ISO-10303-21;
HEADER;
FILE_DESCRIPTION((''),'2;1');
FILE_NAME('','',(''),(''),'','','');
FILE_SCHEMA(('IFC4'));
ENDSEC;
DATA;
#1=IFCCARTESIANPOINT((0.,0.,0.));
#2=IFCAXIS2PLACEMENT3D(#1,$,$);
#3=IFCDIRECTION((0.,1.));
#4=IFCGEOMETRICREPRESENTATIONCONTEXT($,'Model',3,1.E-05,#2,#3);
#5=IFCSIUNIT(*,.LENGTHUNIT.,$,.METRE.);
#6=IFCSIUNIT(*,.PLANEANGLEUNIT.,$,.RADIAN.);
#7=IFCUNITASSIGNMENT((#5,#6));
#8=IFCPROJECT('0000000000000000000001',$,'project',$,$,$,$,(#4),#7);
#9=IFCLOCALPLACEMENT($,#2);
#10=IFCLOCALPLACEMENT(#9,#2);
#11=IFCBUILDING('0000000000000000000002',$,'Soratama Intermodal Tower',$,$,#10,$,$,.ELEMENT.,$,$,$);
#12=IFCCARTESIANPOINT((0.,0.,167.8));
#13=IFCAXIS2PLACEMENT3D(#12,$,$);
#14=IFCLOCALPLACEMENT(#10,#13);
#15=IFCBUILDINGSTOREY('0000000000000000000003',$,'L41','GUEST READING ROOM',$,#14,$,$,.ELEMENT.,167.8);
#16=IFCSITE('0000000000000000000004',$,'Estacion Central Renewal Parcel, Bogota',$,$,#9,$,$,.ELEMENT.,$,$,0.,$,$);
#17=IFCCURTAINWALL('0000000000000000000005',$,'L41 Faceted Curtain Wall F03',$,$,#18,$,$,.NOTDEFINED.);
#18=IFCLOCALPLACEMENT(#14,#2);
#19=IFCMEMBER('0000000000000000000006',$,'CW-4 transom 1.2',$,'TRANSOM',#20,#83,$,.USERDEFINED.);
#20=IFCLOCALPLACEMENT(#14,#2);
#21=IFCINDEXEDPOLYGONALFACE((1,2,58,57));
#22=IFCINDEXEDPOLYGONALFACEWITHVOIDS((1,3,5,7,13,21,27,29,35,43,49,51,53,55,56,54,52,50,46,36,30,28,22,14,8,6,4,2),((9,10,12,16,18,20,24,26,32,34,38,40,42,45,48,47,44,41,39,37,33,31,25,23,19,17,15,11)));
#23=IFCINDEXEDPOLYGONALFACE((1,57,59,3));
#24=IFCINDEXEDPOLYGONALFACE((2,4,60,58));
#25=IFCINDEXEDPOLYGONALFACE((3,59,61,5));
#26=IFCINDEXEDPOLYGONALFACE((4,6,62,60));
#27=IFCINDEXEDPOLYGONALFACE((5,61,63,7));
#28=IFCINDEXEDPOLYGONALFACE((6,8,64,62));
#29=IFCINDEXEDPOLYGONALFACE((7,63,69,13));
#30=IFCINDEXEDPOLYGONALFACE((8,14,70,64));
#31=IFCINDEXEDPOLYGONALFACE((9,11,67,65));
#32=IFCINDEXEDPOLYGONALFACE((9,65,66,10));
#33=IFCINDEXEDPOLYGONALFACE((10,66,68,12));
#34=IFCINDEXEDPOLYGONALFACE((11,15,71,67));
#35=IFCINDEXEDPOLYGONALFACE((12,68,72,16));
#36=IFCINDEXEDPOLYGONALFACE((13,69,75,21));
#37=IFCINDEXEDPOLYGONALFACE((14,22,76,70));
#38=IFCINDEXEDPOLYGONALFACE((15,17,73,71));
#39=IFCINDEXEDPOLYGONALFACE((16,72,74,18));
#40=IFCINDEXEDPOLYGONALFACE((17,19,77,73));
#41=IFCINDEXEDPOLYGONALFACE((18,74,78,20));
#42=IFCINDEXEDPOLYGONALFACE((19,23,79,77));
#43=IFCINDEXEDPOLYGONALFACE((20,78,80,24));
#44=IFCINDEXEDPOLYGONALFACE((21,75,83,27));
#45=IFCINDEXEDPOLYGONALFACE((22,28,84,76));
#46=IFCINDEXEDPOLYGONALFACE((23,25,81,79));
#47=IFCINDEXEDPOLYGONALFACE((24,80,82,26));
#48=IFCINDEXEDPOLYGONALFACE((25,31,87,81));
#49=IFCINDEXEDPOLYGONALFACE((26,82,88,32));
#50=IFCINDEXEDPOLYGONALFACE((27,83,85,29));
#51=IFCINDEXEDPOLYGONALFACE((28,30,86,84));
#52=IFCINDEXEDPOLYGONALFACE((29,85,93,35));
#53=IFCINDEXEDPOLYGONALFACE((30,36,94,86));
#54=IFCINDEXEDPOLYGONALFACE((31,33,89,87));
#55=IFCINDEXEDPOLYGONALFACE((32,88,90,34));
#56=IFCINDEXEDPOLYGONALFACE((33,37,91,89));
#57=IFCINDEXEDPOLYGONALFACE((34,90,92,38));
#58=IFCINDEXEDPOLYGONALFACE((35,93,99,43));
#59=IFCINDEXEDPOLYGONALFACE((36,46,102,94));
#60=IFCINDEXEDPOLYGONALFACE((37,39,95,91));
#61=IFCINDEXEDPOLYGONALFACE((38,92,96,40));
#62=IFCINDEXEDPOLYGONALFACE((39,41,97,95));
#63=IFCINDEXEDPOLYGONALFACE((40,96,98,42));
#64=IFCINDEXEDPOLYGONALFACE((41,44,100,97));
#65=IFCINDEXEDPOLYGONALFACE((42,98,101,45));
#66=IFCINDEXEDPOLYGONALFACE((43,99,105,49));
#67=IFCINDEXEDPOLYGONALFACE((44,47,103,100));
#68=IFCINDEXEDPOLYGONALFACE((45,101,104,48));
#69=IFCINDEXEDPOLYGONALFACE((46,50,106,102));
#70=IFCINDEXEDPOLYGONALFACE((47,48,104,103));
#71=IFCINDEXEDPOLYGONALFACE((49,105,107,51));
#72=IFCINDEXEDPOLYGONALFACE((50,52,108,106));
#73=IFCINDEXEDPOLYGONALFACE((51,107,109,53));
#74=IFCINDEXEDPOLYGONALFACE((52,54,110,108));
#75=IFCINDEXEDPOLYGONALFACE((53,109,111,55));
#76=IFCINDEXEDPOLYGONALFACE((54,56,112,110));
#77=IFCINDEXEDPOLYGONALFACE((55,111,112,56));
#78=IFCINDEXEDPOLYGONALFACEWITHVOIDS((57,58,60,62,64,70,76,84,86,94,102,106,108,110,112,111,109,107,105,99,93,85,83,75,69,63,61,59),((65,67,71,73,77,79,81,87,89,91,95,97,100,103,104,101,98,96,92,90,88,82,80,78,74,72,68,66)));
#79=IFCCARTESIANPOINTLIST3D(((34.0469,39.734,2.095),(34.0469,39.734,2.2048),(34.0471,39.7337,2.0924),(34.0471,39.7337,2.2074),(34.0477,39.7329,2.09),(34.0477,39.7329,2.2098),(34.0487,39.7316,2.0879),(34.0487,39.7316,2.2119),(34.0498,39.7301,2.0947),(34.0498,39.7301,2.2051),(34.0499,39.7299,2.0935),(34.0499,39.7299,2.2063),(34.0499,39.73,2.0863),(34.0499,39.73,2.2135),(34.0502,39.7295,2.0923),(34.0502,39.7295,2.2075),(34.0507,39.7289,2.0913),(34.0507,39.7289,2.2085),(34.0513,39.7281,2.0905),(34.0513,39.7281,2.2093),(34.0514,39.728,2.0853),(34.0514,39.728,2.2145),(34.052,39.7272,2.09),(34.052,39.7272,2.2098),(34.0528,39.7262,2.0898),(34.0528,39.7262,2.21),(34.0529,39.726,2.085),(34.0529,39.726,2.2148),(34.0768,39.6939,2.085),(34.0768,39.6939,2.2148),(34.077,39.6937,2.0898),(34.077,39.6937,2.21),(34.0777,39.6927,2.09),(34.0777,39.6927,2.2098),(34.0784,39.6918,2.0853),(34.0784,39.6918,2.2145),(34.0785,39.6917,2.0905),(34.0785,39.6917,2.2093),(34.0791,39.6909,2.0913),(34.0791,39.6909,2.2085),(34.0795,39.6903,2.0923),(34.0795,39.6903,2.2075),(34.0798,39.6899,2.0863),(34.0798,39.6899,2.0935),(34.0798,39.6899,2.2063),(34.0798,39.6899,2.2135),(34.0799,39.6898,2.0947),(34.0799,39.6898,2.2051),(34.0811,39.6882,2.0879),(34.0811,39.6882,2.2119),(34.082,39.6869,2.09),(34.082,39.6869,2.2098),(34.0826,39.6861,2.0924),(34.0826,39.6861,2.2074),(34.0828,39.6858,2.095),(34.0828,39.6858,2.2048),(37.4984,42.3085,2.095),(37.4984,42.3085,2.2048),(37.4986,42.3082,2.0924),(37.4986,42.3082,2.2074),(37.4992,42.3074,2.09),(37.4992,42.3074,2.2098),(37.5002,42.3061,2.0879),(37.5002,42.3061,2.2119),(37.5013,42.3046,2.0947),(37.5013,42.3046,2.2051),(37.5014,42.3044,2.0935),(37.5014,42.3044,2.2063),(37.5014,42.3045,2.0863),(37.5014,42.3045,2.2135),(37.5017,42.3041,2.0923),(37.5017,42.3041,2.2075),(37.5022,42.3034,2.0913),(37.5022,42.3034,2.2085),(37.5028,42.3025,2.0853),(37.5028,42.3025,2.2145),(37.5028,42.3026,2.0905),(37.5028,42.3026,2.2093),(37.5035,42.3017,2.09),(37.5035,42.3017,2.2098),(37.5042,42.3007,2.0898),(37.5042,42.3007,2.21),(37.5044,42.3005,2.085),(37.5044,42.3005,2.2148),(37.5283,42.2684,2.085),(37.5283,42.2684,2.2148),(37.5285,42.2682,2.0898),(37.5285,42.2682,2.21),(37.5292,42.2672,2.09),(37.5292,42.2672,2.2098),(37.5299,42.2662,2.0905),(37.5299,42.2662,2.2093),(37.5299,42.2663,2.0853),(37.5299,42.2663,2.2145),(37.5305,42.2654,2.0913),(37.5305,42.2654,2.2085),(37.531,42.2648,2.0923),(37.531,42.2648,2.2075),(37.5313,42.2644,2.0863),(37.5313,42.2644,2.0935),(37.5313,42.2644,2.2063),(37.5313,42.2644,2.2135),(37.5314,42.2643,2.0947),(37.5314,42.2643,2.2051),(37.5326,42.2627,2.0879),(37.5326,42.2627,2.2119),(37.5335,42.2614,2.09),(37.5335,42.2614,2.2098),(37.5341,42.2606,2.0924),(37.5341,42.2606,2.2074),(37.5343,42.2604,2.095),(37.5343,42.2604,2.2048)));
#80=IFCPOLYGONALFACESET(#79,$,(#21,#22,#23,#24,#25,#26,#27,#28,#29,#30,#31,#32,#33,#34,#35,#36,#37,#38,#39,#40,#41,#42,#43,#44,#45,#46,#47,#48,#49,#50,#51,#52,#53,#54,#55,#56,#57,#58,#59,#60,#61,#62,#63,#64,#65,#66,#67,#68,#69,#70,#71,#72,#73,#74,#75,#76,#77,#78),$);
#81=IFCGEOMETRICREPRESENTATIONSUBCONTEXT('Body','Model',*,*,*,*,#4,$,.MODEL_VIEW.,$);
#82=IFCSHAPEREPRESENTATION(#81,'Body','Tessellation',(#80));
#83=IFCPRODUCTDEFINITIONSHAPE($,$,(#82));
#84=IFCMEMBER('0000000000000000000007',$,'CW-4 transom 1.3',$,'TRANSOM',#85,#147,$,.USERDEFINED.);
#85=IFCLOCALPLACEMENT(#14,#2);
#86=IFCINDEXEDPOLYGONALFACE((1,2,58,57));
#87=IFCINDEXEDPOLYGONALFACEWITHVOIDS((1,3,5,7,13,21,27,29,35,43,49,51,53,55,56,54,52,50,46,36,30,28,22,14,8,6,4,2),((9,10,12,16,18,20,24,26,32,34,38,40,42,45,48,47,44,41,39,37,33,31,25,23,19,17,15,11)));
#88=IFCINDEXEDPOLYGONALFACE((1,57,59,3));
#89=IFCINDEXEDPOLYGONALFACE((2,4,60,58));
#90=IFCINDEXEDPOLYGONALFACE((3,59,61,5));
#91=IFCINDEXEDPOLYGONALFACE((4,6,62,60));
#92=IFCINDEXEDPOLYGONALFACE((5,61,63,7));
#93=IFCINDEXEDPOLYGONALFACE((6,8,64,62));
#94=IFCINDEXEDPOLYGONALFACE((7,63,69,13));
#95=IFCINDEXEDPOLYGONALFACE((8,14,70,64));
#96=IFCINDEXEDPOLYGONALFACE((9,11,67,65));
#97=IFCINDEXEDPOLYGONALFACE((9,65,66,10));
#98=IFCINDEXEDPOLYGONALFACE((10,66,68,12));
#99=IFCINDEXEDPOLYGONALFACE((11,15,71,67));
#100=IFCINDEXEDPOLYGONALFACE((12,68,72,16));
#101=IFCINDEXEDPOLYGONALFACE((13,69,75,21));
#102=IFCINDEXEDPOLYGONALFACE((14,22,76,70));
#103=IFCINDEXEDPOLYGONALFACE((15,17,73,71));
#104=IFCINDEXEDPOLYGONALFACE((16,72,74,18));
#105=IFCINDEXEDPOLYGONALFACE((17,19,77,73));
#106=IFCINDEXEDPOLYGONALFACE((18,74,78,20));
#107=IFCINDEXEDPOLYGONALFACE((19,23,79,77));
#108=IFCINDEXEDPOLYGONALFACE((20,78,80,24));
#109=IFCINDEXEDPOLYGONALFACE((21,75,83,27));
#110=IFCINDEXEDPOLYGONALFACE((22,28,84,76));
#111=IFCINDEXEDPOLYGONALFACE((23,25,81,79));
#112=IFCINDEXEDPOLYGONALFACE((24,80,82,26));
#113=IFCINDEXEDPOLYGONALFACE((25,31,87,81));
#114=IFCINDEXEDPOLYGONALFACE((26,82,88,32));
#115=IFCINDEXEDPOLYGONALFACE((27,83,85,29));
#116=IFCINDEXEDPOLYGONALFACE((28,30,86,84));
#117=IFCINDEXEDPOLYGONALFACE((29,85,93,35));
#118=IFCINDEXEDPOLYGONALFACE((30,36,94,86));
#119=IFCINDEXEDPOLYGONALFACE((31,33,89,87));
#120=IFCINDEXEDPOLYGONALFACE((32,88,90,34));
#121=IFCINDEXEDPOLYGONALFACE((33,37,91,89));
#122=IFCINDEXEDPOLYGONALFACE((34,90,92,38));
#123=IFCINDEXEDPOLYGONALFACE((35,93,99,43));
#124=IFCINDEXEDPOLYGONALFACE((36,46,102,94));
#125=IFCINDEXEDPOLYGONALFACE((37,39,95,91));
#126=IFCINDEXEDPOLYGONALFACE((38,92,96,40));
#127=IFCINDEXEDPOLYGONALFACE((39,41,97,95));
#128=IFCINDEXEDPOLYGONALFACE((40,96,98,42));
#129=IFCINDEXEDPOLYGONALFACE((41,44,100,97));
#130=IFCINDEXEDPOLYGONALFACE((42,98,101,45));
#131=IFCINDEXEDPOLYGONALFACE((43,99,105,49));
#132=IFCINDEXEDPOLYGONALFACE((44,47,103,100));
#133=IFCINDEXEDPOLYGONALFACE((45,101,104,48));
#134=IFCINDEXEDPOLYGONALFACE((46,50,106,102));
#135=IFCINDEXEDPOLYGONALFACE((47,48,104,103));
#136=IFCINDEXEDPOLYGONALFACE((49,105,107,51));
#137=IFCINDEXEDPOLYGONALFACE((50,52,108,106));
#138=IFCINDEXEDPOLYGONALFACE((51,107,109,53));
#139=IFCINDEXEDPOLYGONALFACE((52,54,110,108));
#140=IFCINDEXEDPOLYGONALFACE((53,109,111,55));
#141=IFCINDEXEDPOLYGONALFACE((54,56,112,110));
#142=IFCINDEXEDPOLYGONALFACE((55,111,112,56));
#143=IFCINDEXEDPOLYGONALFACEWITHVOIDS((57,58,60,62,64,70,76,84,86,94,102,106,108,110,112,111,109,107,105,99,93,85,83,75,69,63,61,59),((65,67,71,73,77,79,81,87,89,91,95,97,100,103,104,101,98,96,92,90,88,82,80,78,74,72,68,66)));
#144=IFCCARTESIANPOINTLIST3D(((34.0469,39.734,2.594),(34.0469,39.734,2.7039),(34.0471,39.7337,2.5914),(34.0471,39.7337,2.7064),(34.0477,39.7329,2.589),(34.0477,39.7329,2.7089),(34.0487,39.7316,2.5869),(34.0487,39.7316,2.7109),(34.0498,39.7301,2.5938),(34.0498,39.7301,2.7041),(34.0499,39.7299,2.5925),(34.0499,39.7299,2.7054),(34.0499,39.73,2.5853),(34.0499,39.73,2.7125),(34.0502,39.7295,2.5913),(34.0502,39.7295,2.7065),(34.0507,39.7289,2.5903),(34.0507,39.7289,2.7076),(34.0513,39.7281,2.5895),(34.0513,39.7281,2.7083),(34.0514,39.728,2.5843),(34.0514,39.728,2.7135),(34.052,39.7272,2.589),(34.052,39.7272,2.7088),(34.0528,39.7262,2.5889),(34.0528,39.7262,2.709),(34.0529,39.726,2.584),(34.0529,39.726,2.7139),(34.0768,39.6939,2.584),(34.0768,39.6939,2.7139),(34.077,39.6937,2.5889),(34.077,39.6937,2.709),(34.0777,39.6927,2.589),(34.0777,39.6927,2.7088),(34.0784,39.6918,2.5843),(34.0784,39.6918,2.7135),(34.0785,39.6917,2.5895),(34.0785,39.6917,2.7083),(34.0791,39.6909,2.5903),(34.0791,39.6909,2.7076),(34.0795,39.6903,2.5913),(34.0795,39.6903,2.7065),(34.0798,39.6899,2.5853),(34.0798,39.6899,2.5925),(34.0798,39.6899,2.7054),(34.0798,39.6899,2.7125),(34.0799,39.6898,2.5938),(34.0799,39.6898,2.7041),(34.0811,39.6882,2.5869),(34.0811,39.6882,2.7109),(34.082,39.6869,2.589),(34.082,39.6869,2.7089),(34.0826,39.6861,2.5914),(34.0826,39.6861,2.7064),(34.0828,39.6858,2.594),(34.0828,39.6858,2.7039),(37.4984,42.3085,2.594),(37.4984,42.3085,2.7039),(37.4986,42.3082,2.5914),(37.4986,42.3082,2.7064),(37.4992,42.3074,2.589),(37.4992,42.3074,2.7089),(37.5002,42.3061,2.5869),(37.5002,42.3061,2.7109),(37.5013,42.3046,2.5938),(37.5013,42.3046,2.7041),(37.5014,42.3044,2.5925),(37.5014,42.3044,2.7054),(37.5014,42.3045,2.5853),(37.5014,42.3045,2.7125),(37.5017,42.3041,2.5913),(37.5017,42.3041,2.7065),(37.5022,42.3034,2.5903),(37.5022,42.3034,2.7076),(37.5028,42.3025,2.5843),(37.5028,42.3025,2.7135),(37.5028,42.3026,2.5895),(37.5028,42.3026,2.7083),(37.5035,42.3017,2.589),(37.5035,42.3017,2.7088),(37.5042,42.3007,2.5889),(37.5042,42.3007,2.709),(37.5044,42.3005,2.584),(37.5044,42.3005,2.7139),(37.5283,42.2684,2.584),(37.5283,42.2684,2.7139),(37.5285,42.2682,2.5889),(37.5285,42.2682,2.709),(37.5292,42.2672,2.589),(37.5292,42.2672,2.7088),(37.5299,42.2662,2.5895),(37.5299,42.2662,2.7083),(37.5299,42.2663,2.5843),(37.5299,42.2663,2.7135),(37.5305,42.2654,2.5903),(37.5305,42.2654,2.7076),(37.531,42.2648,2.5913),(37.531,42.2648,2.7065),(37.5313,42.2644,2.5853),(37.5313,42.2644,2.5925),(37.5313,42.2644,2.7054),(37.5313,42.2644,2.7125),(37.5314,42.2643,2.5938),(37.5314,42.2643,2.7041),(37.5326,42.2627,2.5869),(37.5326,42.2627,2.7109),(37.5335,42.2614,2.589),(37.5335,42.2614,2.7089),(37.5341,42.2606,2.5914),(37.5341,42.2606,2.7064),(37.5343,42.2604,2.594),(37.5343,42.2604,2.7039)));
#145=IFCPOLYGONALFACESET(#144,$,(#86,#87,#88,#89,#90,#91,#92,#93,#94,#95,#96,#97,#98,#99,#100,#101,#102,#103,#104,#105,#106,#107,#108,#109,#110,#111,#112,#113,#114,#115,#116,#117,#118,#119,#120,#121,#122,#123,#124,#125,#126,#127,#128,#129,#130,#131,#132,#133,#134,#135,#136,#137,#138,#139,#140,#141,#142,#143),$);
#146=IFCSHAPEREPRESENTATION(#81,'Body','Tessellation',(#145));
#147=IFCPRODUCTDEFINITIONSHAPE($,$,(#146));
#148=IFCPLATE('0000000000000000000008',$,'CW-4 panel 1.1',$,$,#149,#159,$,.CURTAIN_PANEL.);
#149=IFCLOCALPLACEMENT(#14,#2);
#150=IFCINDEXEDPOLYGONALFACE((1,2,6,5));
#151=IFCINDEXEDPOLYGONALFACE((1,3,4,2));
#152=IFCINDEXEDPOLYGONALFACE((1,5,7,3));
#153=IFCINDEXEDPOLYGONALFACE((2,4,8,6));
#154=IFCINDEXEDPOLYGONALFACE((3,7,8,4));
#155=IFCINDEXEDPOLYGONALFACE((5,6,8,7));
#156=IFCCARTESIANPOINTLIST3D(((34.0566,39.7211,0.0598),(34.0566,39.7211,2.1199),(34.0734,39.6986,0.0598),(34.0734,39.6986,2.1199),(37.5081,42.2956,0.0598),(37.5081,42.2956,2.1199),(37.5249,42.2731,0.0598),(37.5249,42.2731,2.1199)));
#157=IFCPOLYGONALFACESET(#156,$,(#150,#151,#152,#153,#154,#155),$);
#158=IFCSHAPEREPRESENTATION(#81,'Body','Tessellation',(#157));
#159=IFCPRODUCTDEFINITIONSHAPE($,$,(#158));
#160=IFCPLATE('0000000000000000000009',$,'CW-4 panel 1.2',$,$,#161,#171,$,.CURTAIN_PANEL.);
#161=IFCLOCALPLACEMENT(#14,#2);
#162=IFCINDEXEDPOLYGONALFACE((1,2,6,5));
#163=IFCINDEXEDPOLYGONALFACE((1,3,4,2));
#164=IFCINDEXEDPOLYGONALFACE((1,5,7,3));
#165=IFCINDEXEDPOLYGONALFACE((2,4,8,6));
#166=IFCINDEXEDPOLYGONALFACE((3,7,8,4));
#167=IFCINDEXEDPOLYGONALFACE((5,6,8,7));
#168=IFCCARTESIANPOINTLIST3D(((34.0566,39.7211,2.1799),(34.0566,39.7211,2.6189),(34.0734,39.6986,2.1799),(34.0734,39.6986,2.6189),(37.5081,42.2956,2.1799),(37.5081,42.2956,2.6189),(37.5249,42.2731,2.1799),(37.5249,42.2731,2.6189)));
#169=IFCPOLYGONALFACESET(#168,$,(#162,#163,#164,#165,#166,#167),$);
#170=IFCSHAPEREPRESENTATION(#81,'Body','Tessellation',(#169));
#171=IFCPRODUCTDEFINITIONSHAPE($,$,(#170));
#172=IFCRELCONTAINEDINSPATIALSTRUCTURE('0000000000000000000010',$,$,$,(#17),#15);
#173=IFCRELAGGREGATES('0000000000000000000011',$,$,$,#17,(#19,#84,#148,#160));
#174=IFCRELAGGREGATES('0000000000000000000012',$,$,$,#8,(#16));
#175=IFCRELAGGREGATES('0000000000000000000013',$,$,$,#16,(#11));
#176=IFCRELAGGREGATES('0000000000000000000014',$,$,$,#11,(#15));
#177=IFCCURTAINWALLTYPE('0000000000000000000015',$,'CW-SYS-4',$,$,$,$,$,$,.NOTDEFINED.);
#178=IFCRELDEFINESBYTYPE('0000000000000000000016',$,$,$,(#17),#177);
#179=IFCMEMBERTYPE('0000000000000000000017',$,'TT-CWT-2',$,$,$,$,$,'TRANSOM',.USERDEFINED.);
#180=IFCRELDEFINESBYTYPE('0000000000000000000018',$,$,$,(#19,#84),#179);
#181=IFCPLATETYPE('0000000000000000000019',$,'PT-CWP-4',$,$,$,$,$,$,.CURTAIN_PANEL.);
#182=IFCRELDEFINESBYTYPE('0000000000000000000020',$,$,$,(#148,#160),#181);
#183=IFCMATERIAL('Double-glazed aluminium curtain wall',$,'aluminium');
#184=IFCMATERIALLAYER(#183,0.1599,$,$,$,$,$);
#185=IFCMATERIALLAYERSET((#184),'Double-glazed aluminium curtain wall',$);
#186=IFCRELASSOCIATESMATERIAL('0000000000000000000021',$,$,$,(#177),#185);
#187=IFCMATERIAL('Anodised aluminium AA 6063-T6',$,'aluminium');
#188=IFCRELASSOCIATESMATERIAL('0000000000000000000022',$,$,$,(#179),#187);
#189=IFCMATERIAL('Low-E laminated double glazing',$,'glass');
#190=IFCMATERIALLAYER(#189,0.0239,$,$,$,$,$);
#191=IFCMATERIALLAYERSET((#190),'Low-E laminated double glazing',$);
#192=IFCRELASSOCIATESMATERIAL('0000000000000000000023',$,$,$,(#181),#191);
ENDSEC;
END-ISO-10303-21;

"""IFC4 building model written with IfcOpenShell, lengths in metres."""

from ifc_helpers import new_model, si_unit, direction, frame, origin, origin_2d, place, context, subcontext, project, spatial, rectangle, hollow_rectangle, extrude, material, layer, layer_set, material_profile, profile_set, type_object, element, aggregate, save


model = new_model("IFC4")

# Units and contexts
model_context = context("Model", 3, precision=1e-05, world=origin(), true_north=direction((0.0, 1.0)))
body_context = subcontext(model_context, "Body", "Model", "MODEL_VIEW")
ifc_project = project(units=[si_unit("LENGTHUNIT", "METRE"), si_unit("PLANEANGLEUNIT", "RADIAN")], contexts=[model_context])

# Site, building, storey
site_placement = place(None, origin())
site = spatial("IfcSite", under=ifc_project, at=site_placement, Name="Estacion Central Renewal Parcel, Bogota", CompositionType="ELEMENT", RefElevation=0.0)
building_placement = place(site_placement, origin())
building = spatial("IfcBuilding", under=site, at=building_placement, Name="Soratama Intermodal Tower", CompositionType="ELEMENT")
storey_placement = place(building_placement, frame((0.0, 0.0, 167.8)))
storey = spatial("IfcBuildingStorey", under=building, at=storey_placement, Name="L41", Description="GUEST READING ROOM", CompositionType="ELEMENT", Elevation=167.8)

# Curtain wall, members, plates
ifc_material_1 = material(Name="Double-glazed aluminium curtain wall", Category="aluminium")
ifc_layer_1 = layer(ifc_material_1, 0.1599)
ifc_layer_set_1 = layer_set([ifc_layer_1], Name="Double-glazed aluminium curtain wall")
curtain_wall_type = type_object("IfcCurtainWallType", Name="CW-SYS-4", PredefinedType="NOTDEFINED", material=ifc_layer_set_1)
curtain_wall_placement = place(storey_placement, origin())
curtain_wall = element("IfcCurtainWall", 1, at=curtain_wall_placement, inside=storey, type_object=curtain_wall_type, Name="L41 Faceted Curtain Wall F03", PredefinedType="NOTDEFINED")
ifc_material_2 = material(Name="Anodised aluminium AA 6063-T6", Category="aluminium")
ifc_material_profile_1 = material_profile(ifc_material_2, hollow_rectangle(XDim=0.0601, YDim=0.1299, WallThickness=0.0049, InnerFilletRadius=0.0049, OuterFilletRadius=0.01, at=origin_2d()), Name="CWT130X60X5")
ifc_profile_set_1 = profile_set([ifc_material_profile_1], Name="Anodised aluminium AA 6063-T6")
member_type_1 = type_object("IfcMemberType", Name="TT-CWT-2", ElementType="TRANSOM", PredefinedType="USERDEFINED", material=ifc_profile_set_1)
member_1_placement = place(storey_placement, frame((37.5164, 42.2844, 2.1499), z_axis=(-0.801569, -0.597902, 0.0), x_axis=(0.597902, -0.801569, 0.0)))
member_1 = element("IfcMember", 2, at=member_1_placement, type_object=member_type_1, Name="CW-4 transom 1.2", ObjectType="TRANSOM", PredefinedType="USERDEFINED", context=body_context, shape_type="SweptSolid", body=[
    extrude(hollow_rectangle(XDim=0.0601, YDim=0.1299, WallThickness=0.0049, InnerFilletRadius=0.0049, OuterFilletRadius=0.01, at=origin_2d()), origin(), (0.0, 0.0, 1.0), 4.3059),
])
member_2_placement = place(storey_placement, frame((37.5164, 42.2844, 2.6489), z_axis=(-0.801569, -0.597902, 0.0), x_axis=(0.597902, -0.801569, 0.0)))
member_2 = element("IfcMember", 3, at=member_2_placement, type_object=member_type_1, Name="CW-4 transom 1.3", ObjectType="TRANSOM", PredefinedType="USERDEFINED", context=body_context, shape_type="SweptSolid", body=[
    extrude(hollow_rectangle(XDim=0.0601, YDim=0.1299, WallThickness=0.0049, InnerFilletRadius=0.0049, OuterFilletRadius=0.01, at=origin_2d()), origin(), (0.0, 0.0, 1.0), 4.3059),
])
ifc_material_3 = material(Name="Low-E laminated double glazing", Category="glass")
ifc_layer_2 = layer(ifc_material_3, 0.0239)
ifc_layer_set_2 = layer_set([ifc_layer_2], Name="Low-E laminated double glazing")
plate_type = type_object("IfcPlateType", Name="PT-CWP-4", PredefinedType="CURTAIN_PANEL", material=ifc_layer_set_2)
plate_1_placement = place(storey_placement, frame((35.7908, 40.9971, 0.0598), z_axis=(0.0, 0.0, 1.0), x_axis=(-0.801566, -0.597907, 0.0)))
plate_1 = element("IfcPlate", 4, at=plate_1_placement, type_object=plate_type, Name="CW-4 panel 1.1", PredefinedType="CURTAIN_PANEL", context=body_context, shape_type="SweptSolid", body=[
    extrude(rectangle(XDim=4.3059, YDim=0.0281, at=origin_2d()), origin(), (0.0, 0.0, 1.0), 2.0601),
])
plate_2_placement = place(storey_placement, frame((35.7908, 40.9971, 2.1799), z_axis=(0.0, 0.0, 1.0), x_axis=(-0.801566, -0.597907, 0.0)))
plate_2 = element("IfcPlate", 5, at=plate_2_placement, type_object=plate_type, Name="CW-4 panel 1.2", PredefinedType="CURTAIN_PANEL", context=body_context, shape_type="SweptSolid", body=[
    extrude(rectangle(XDim=4.3059, YDim=0.0281, at=origin_2d()), origin(), (0.0, 0.0, 1.0), 0.439),
])
aggregate(curtain_wall, [member_1, member_2, plate_1, plate_2])

save(model, "model.ifc")
